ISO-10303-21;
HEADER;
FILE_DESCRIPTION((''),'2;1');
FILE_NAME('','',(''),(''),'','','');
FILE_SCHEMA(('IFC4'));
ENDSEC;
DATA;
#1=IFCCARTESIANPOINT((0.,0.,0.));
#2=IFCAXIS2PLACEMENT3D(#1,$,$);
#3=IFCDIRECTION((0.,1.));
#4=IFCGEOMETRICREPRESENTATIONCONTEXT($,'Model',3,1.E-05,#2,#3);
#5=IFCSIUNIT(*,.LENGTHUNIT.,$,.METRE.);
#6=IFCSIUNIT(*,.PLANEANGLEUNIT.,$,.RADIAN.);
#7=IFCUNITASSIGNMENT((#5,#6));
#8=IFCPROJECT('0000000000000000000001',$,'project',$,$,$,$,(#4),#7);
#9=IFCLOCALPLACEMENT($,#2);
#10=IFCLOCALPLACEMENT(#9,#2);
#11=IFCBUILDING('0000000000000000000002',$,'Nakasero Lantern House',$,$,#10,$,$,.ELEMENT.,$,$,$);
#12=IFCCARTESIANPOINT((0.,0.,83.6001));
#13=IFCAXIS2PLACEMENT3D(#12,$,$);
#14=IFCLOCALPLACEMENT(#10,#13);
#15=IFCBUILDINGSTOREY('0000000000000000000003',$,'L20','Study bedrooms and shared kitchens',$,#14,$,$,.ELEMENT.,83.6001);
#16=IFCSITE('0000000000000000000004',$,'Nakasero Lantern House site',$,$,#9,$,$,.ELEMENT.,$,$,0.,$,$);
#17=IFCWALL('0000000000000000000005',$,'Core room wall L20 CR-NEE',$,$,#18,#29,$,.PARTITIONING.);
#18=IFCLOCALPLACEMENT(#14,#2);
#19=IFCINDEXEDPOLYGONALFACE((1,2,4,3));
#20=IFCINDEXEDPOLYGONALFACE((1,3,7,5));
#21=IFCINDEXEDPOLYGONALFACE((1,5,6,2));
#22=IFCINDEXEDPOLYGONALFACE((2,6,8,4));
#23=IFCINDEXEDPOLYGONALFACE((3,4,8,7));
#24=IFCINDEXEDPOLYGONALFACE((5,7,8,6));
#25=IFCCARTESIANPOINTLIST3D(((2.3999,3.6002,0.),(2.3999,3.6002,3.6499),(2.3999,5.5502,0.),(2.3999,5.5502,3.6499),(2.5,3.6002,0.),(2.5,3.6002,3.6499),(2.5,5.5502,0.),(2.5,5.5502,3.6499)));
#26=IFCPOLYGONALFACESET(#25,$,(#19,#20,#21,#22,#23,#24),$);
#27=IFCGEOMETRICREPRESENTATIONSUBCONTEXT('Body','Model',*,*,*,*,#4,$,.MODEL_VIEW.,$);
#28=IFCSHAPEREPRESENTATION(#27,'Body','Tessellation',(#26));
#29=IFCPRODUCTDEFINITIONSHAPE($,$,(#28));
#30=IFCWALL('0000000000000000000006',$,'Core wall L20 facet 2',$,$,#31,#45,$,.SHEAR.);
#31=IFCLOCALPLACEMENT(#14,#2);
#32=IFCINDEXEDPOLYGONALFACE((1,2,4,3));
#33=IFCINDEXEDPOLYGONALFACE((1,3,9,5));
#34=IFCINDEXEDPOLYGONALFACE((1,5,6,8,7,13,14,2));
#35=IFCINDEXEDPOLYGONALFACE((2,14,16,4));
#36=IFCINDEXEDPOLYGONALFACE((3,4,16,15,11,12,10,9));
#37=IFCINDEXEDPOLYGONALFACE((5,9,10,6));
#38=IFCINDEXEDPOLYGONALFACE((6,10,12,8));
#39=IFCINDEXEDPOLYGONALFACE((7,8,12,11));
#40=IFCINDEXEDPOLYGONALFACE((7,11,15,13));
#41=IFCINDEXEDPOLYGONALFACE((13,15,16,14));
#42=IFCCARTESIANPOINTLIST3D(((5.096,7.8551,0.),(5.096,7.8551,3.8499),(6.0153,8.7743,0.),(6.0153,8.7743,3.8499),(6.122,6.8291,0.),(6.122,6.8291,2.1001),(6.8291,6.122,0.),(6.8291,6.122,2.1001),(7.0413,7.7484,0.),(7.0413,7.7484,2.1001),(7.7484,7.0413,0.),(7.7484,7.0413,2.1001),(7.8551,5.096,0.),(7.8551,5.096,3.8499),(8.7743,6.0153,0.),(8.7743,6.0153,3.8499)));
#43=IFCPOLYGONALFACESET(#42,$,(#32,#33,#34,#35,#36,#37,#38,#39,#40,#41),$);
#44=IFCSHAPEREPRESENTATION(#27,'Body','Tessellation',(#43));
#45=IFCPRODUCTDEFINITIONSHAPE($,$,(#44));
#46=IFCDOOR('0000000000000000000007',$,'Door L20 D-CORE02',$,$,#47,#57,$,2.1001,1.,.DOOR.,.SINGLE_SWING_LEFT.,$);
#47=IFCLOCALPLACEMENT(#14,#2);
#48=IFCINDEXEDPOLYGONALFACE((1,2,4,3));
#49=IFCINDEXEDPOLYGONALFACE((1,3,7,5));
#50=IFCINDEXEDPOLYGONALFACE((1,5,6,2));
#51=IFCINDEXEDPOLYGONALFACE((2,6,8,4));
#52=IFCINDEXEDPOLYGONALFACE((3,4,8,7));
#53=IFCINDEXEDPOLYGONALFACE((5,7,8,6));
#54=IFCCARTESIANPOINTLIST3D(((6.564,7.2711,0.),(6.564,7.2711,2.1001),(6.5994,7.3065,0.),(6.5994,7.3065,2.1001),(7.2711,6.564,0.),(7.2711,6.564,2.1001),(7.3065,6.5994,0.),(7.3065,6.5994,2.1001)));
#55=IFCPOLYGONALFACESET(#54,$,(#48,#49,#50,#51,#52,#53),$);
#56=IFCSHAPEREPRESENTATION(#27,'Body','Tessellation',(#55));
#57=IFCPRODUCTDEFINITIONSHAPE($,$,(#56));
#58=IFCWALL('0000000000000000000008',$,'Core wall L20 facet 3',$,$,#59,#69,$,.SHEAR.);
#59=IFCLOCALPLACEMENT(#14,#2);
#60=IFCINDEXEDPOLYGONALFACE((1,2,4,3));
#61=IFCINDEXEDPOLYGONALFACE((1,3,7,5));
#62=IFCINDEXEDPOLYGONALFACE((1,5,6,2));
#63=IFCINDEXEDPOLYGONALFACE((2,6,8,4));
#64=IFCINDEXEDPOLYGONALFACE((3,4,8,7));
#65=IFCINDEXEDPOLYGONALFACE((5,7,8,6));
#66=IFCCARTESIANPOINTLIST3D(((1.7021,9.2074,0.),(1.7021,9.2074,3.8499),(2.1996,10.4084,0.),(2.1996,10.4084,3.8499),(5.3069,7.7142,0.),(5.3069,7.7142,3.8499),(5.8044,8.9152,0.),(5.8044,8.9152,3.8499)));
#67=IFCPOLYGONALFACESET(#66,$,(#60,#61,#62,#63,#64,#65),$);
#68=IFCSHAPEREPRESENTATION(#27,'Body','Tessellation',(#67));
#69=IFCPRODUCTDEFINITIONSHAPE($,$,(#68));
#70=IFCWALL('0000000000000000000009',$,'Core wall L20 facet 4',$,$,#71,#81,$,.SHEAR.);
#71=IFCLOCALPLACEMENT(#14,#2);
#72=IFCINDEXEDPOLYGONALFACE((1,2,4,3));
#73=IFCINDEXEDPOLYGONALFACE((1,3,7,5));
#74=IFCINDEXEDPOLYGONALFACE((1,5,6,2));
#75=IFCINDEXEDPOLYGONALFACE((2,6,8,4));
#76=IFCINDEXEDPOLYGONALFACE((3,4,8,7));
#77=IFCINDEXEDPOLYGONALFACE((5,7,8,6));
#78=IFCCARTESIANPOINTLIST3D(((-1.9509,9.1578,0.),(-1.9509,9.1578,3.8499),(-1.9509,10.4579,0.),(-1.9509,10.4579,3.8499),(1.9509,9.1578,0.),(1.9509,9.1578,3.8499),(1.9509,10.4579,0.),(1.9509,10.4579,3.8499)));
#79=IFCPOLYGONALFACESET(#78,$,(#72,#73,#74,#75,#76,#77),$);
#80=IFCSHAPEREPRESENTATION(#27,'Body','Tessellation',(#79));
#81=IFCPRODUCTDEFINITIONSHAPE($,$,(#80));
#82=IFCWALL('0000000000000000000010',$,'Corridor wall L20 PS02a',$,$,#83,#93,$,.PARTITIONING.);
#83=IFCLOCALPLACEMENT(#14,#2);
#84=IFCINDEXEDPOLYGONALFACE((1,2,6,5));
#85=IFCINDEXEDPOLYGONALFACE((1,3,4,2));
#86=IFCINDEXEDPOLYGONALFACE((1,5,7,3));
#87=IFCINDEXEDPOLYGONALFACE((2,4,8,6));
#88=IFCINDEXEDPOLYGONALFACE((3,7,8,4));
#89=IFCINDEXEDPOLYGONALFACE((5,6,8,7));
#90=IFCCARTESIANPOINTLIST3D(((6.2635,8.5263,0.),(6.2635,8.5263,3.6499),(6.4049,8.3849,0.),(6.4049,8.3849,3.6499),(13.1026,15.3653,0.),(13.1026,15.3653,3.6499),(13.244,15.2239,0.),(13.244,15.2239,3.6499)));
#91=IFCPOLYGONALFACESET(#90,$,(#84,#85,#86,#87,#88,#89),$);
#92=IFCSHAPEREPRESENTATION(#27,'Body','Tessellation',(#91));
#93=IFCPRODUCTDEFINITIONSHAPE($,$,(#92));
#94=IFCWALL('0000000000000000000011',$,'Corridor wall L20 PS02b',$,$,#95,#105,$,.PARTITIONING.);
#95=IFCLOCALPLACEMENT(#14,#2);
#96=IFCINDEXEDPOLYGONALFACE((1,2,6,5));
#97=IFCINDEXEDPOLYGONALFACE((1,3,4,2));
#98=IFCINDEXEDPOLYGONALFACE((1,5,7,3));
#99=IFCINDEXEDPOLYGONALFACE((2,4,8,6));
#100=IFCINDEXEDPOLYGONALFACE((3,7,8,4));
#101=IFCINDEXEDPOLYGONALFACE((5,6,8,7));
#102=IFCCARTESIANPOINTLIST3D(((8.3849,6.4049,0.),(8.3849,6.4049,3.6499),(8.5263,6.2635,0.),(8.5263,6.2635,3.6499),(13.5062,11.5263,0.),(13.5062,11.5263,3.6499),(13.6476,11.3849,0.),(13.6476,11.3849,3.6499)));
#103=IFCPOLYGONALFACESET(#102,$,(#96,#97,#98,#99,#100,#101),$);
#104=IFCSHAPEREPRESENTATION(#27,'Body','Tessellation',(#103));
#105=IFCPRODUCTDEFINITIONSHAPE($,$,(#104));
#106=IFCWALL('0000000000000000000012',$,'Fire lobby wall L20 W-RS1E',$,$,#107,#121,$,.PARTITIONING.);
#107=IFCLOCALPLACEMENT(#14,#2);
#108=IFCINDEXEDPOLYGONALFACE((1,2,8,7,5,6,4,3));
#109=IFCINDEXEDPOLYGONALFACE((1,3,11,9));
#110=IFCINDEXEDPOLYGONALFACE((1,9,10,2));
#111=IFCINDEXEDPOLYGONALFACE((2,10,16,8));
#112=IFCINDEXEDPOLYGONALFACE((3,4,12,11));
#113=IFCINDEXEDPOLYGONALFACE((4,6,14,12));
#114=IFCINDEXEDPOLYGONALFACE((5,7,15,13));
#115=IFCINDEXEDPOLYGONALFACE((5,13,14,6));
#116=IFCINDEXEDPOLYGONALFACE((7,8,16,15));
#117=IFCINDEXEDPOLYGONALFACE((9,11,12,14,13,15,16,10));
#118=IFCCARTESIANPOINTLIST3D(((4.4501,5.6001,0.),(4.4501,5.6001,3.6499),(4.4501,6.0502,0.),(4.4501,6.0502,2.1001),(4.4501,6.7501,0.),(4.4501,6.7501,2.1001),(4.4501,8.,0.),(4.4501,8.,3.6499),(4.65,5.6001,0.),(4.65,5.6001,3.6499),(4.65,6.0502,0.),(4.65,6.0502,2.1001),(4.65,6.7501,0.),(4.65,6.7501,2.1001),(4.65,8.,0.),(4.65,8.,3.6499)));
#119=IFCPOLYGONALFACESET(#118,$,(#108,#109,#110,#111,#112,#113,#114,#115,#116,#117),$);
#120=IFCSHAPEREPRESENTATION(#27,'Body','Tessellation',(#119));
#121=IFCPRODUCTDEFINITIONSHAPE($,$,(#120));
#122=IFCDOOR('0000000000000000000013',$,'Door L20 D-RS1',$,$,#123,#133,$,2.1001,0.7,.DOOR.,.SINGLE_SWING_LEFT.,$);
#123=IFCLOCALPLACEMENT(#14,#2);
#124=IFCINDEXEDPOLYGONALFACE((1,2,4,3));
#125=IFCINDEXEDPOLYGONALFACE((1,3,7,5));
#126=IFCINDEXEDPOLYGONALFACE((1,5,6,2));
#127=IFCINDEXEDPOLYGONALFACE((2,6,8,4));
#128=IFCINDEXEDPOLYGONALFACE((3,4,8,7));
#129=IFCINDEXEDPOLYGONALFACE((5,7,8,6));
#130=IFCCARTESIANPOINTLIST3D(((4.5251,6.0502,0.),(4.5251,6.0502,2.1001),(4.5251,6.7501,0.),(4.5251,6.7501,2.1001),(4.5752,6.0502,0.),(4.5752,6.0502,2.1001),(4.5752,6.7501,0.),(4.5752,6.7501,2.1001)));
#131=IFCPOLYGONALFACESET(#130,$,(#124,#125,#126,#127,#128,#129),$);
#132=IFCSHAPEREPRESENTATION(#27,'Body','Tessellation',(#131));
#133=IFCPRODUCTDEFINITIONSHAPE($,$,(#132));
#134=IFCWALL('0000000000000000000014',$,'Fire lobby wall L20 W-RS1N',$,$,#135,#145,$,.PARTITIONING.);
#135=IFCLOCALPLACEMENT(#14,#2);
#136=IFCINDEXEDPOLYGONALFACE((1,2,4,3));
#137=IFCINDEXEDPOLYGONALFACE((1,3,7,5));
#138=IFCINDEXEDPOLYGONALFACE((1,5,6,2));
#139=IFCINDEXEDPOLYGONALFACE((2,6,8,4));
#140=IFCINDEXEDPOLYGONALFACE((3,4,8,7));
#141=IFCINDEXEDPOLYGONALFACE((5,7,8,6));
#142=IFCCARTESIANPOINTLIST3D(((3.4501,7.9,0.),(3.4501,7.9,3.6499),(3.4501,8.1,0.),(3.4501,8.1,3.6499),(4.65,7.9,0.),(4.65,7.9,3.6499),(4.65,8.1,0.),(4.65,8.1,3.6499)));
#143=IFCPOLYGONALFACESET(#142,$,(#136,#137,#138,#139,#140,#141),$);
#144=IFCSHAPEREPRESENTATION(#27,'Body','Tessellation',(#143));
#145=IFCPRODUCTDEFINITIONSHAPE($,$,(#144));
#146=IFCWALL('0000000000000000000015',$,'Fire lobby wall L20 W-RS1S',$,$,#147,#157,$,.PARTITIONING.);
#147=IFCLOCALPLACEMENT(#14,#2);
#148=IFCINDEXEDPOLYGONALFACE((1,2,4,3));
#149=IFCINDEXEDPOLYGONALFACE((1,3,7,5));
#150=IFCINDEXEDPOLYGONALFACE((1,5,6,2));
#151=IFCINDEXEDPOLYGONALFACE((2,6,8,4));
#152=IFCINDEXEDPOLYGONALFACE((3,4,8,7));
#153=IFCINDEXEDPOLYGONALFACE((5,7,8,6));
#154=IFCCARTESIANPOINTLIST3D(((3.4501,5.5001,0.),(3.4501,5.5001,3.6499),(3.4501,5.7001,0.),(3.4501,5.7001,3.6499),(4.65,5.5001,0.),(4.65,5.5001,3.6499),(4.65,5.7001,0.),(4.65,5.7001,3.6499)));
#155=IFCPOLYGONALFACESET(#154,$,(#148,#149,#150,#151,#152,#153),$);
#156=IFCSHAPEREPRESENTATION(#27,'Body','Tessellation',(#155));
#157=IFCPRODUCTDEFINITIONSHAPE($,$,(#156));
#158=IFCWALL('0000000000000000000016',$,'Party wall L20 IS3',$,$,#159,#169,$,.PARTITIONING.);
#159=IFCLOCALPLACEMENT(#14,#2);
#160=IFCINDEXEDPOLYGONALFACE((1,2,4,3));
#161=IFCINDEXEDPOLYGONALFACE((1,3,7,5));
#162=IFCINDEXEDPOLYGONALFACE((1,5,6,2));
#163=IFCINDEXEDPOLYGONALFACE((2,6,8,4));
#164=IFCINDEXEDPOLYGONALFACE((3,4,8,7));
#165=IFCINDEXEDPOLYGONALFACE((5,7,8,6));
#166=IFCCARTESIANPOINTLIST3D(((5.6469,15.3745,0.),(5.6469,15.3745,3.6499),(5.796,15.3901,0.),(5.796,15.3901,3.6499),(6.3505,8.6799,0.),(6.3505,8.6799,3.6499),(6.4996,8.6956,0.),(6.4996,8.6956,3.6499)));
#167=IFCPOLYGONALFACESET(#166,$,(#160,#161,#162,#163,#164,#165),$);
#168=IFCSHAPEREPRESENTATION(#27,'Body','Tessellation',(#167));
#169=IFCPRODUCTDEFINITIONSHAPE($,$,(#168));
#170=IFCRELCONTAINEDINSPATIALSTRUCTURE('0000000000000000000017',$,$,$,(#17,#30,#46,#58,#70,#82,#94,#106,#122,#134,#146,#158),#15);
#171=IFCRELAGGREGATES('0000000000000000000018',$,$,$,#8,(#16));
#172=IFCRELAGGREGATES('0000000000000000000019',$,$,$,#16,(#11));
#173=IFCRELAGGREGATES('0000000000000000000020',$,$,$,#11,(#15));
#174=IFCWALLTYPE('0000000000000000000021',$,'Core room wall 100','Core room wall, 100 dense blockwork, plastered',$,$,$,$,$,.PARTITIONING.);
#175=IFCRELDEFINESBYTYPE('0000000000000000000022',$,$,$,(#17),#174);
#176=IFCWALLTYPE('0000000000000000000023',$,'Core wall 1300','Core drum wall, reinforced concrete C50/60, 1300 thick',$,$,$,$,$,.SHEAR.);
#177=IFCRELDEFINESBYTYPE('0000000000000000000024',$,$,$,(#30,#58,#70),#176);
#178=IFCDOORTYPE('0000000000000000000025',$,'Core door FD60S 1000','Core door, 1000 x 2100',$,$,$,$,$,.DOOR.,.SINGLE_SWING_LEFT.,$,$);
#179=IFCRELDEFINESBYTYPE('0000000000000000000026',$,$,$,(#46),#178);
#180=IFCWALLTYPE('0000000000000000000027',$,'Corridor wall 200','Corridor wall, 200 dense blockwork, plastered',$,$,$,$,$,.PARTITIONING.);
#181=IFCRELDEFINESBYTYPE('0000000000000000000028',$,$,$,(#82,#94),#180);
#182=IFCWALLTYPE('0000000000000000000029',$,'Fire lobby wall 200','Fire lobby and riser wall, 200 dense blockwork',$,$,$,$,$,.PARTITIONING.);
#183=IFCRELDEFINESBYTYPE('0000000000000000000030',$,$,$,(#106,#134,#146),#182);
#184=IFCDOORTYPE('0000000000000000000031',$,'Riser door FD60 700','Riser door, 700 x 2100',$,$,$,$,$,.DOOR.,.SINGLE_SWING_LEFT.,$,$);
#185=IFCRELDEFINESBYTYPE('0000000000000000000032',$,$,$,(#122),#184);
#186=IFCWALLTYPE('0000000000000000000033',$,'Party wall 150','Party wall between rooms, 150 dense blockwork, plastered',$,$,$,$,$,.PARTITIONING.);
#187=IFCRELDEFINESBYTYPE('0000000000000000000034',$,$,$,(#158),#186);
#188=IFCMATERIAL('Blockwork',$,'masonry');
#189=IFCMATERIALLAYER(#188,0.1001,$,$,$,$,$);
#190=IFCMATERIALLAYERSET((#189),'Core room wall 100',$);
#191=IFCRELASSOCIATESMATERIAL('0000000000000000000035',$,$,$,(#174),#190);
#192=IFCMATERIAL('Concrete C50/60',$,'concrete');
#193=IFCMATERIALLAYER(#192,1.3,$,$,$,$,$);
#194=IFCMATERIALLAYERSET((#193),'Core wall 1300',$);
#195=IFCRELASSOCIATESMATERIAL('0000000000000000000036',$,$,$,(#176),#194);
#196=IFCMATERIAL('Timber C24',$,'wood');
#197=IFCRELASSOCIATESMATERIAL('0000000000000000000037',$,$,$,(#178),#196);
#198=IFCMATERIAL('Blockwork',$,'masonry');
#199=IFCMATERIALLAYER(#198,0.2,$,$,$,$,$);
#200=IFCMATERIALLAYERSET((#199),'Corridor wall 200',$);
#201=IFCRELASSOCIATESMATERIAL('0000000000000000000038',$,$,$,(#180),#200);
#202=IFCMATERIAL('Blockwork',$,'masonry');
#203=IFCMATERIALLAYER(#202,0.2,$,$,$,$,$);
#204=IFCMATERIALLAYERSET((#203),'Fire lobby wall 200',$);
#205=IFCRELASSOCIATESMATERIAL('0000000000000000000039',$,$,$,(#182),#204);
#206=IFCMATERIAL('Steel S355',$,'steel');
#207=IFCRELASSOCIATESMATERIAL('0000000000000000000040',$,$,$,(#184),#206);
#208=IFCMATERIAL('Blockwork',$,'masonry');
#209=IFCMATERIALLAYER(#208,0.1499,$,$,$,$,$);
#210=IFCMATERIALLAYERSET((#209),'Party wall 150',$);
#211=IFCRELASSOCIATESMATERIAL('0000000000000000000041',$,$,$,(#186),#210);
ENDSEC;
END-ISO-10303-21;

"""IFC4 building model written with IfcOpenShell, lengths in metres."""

from ifc_helpers import new_model, si_unit, direction, frame, frame_2d, origin, place, context, subcontext, project, spatial, rectangle, extrude, material, layer, layer_set, type_object, element, fill, save


model = new_model("IFC4")

# Units and contexts
model_context = context("Model", 3, precision=1e-05, world=origin(), true_north=direction((0.0, 1.0)))
body_context = subcontext(model_context, "Body", "Model", "MODEL_VIEW")
ifc_project = project(units=[si_unit("LENGTHUNIT", "METRE"), si_unit("PLANEANGLEUNIT", "RADIAN")], contexts=[model_context])

# Site, building, storey
site_placement = place(None, origin())
site = spatial("IfcSite", under=ifc_project, at=site_placement, Name="Nakasero Lantern House site", CompositionType="ELEMENT", RefElevation=0.0)
building_placement = place(site_placement, origin())
building = spatial("IfcBuilding", under=site, at=building_placement, Name="Nakasero Lantern House", CompositionType="ELEMENT")
storey_placement = place(building_placement, frame((0.0, 0.0, 83.6001)))
storey = spatial("IfcBuildingStorey", under=building, at=storey_placement, Name="L20", Description="Study bedrooms and shared kitchens", CompositionType="ELEMENT", Elevation=83.6001)

# Wall
ifc_material_1 = material(Name="Blockwork", Category="masonry")
ifc_layer_1 = layer(ifc_material_1, 0.1001)
ifc_layer_set_1 = layer_set([ifc_layer_1], Name="Core room wall 100")
wall_type_1 = type_object("IfcWallType", Name="Core room wall 100", Description="Core room wall, 100 dense blockwork, plastered", PredefinedType="PARTITIONING", material=ifc_layer_set_1)
wall_1_placement = place(storey_placement, frame((2.45, 3.6001, 0.0), z_axis=(0.0, 0.0, 1.0), x_axis=(0.0, 1.0, 0.0)))
element("IfcWall", 1, at=wall_1_placement, inside=storey, type_object=wall_type_1, Name="Core room wall L20 CR-NEE", PredefinedType="PARTITIONING", context=body_context, shape_type="SweptSolid", body=[
    extrude(rectangle(XDim=1.95, YDim=0.1001, at=frame_2d((0.9751, 0.0))), origin(), (0.0, 0.0, 1.0), 3.6499),
])

# Wall, opening, door
ifc_material_2 = material(Name="Concrete C50/60", Category="concrete")
ifc_layer_2 = layer(ifc_material_2, 1.3)
ifc_layer_set_2 = layer_set([ifc_layer_2], Name="Core wall 1300")
wall_type_2 = type_object("IfcWallType", Name="Core wall 1300", Description="Core drum wall, reinforced concrete C50/60, 1300 thick", PredefinedType="SHEAR", material=ifc_layer_set_2)
wall_2_placement = place(storey_placement, frame((8.3147, 5.5557, 0.0), z_axis=(0.0, 0.0, 1.0), x_axis=(-0.707107, 0.707107, 0.0)))
wall_2 = element("IfcWall", 2, at=wall_2_placement, inside=storey, type_object=wall_type_2, Name="Core wall L20 facet 2", PredefinedType="SHEAR", context=body_context, shape_type="SweptSolid", body=[
    extrude(rectangle(XDim=3.9019, YDim=1.3, at=frame_2d((1.9509, 0.0))), origin(), (0.0, 0.0, 1.0), 3.8499),
])
opening_1_placement = place(wall_2_placement, frame((1.4509, 0.0, 0.0)))
opening_1 = element("IfcOpeningElement", 3, at=opening_1_placement, cuts=wall_2, PredefinedType="OPENING", context=body_context, shape_type="SweptSolid", body=[
    extrude(rectangle(XDim=1.0, YDim=2.1001, at=frame_2d((0.5, 1.05))), frame((0.0, 0.6699, 0.0), z_axis=(0.0, -1.0, 0.0), x_axis=(1.0, 0.0, 0.0)), (0.0, 0.0, 1.0), 1.3401),
])
ifc_material_3 = material(Name="Timber C24", Category="wood")
door_type_1 = type_object("IfcDoorType", Name="Core door FD60S 1000", Description="Core door, 1000 x 2100", OperationType="SINGLE_SWING_LEFT", PredefinedType="DOOR", material=ifc_material_3)
door_1_placement = place(opening_1_placement, origin())
door_1 = element("IfcDoor", 4, at=door_1_placement, inside=storey, type_object=door_type_1, Name="Door L20 D-CORE02", OperationType="SINGLE_SWING_LEFT", OverallHeight=2.1001, OverallWidth=1.0, PredefinedType="DOOR", context=body_context, shape_type="SweptSolid", body=[
    extrude(rectangle(XDim=1.0, YDim=2.1001, at=frame_2d((0.5, 1.05))), frame((0.0, 0.0249, 0.0), z_axis=(0.0, -1.0, 0.0), x_axis=(1.0, 0.0, 0.0)), (0.0, 0.0, 1.0), 0.05),
])
fill(opening_1, door_1)

# Walls
for number, where, z_axis, x_axis, name in (
    (5, (5.5557, 8.3147, 0.0), (0.0, 0.0, 1.0), (-0.923877, 0.382691, 0.0), "Core wall L20 facet 3"),
    (6, (1.9509, 9.8079, 0.0), (0.0, 0.0, 1.0), (-1.0, 0.0, 0.0), "Core wall L20 facet 4"),
):
    element("IfcWall", number, at=place(storey_placement, frame(where, z_axis=z_axis, x_axis=x_axis)), inside=storey, type_object=wall_type_2, Name=name, PredefinedType="SHEAR", context=body_context, shape_type="SweptSolid", body=[
        extrude(rectangle(XDim=3.9019, YDim=1.3, at=frame_2d((1.9509, 0.0))), origin(), (0.0, 0.0, 1.0), 3.8499),
    ])
ifc_material_4 = material(Name="Blockwork", Category="masonry")
ifc_layer_3 = layer(ifc_material_4, 0.2)
ifc_layer_set_3 = layer_set([ifc_layer_3], Name="Corridor wall 200")
wall_type_3 = type_object("IfcWallType", Name="Corridor wall 200", Description="Corridor wall, 200 dense blockwork, plastered", PredefinedType="PARTITIONING", material=ifc_layer_set_3)
wall_3_placement = place(storey_placement, frame((6.3342, 8.4556, 0.0), z_axis=(0.0, 0.0, 1.0), x_axis=(0.707107, 0.707107, 0.0)))
element("IfcWall", 7, at=wall_3_placement, inside=storey, type_object=wall_type_3, Name="Corridor wall L20 PS02a", PredefinedType="PARTITIONING", context=body_context, shape_type="SweptSolid", body=[
    extrude(rectangle(XDim=9.6719, YDim=0.2, at=frame_2d((4.8359, 0.0))), origin(), (0.0, 0.0, 1.0), 3.6499),
])
wall_4_placement = place(storey_placement, frame((8.4556, 6.3342, 0.0), z_axis=(0.0, 0.0, 1.0), x_axis=(0.707107, 0.707107, 0.0)))
element("IfcWall", 8, at=wall_4_placement, inside=storey, type_object=wall_type_3, Name="Corridor wall L20 PS02b", PredefinedType="PARTITIONING", context=body_context, shape_type="SweptSolid", body=[
    extrude(rectangle(XDim=7.2427, YDim=0.2, at=frame_2d((3.6213, 0.0))), origin(), (0.0, 0.0, 1.0), 3.6499),
])

# Wall, opening, door
ifc_material_5 = material(Name="Blockwork", Category="masonry")
ifc_layer_4 = layer(ifc_material_5, 0.2)
ifc_layer_set_4 = layer_set([ifc_layer_4], Name="Fire lobby wall 200")
wall_type_4 = type_object("IfcWallType", Name="Fire lobby wall 200", Description="Fire lobby and riser wall, 200 dense blockwork", PredefinedType="PARTITIONING", material=ifc_layer_set_4)
wall_5_placement = place(storey_placement, frame((4.55, 5.6001, 0.0), z_axis=(0.0, 0.0, 1.0), x_axis=(0.0, 1.0, 0.0)))
wall_5 = element("IfcWall", 9, at=wall_5_placement, inside=storey, type_object=wall_type_4, Name="Fire lobby wall L20 W-RS1E", PredefinedType="PARTITIONING", context=body_context, shape_type="SweptSolid", body=[
    extrude(rectangle(XDim=2.3999, YDim=0.2, at=frame_2d((1.2, 0.0))), origin(), (0.0, 0.0, 1.0), 3.6499),
])
opening_2_placement = place(wall_5_placement, frame((0.45, 0.0, 0.0)))
opening_2 = element("IfcOpeningElement", 10, at=opening_2_placement, cuts=wall_5, PredefinedType="OPENING", context=body_context, shape_type="SweptSolid", body=[
    extrude(rectangle(XDim=0.7, YDim=2.1001, at=frame_2d((0.3501, 1.05))), frame((0.0, 0.1199, 0.0), z_axis=(0.0, -1.0, 0.0), x_axis=(1.0, 0.0, 0.0)), (0.0, 0.0, 1.0), 0.24),
])
ifc_material_6 = material(Name="Steel S355", Category="steel")
door_type_2 = type_object("IfcDoorType", Name="Riser door FD60 700", Description="Riser door, 700 x 2100", OperationType="SINGLE_SWING_LEFT", PredefinedType="DOOR", material=ifc_material_6)
door_2_placement = place(opening_2_placement, origin())
door_2 = element("IfcDoor", 11, at=door_2_placement, inside=storey, type_object=door_type_2, Name="Door L20 D-RS1", OperationType="SINGLE_SWING_LEFT", OverallHeight=2.1001, OverallWidth=0.7, PredefinedType="DOOR", context=body_context, shape_type="SweptSolid", body=[
    extrude(rectangle(XDim=0.7, YDim=2.1001, at=frame_2d((0.3501, 1.05))), frame((0.0, 0.0249, 0.0), z_axis=(0.0, -1.0, 0.0), x_axis=(1.0, 0.0, 0.0)), (0.0, 0.0, 1.0), 0.05),
])
fill(opening_2, door_2)

# Walls
for number, where, z_axis, x_axis, name in (
    (12, (3.45, 8.0, 0.0), (0.0, 0.0, 1.0), (1.0, 0.0, 0.0), "Fire lobby wall L20 W-RS1N"),
    (13, (3.45, 5.6001, 0.0), (0.0, 0.0, 1.0), (1.0, 0.0, 0.0), "Fire lobby wall L20 W-RS1S"),
):
    element("IfcWall", number, at=place(storey_placement, frame(where, z_axis=z_axis, x_axis=x_axis)), inside=storey, type_object=wall_type_4, Name=name, PredefinedType="PARTITIONING", context=body_context, shape_type="SweptSolid", body=[
        extrude(rectangle(XDim=1.2, YDim=0.2, at=frame_2d((0.6001, 0.0))), origin(), (0.0, 0.0, 1.0), 3.6499),
    ])
ifc_material_7 = material(Name="Blockwork", Category="masonry")
ifc_layer_5 = layer(ifc_material_7, 0.1499)
ifc_layer_set_5 = layer_set([ifc_layer_5], Name="Party wall 150")
wall_type_5 = type_object("IfcWallType", Name="Party wall 150", Description="Party wall between rooms, 150 dense blockwork, plastered", PredefinedType="PARTITIONING", material=ifc_layer_set_5)
wall_6_placement = place(storey_placement, frame((6.425, 8.6877, 0.0), z_axis=(0.0, 0.0, 1.0), x_axis=(-0.104526, 0.994522, 0.0)))
element("IfcWall", 14, at=wall_6_placement, inside=storey, type_object=wall_type_5, Name="Party wall L20 IS3", PredefinedType="PARTITIONING", context=body_context, shape_type="SweptSolid", body=[
    extrude(rectangle(XDim=6.7314, YDim=0.1499, at=frame_2d((3.3657, 0.0))), origin(), (0.0, 0.0, 1.0), 3.6499),
])

save(model, "model.ifc")
